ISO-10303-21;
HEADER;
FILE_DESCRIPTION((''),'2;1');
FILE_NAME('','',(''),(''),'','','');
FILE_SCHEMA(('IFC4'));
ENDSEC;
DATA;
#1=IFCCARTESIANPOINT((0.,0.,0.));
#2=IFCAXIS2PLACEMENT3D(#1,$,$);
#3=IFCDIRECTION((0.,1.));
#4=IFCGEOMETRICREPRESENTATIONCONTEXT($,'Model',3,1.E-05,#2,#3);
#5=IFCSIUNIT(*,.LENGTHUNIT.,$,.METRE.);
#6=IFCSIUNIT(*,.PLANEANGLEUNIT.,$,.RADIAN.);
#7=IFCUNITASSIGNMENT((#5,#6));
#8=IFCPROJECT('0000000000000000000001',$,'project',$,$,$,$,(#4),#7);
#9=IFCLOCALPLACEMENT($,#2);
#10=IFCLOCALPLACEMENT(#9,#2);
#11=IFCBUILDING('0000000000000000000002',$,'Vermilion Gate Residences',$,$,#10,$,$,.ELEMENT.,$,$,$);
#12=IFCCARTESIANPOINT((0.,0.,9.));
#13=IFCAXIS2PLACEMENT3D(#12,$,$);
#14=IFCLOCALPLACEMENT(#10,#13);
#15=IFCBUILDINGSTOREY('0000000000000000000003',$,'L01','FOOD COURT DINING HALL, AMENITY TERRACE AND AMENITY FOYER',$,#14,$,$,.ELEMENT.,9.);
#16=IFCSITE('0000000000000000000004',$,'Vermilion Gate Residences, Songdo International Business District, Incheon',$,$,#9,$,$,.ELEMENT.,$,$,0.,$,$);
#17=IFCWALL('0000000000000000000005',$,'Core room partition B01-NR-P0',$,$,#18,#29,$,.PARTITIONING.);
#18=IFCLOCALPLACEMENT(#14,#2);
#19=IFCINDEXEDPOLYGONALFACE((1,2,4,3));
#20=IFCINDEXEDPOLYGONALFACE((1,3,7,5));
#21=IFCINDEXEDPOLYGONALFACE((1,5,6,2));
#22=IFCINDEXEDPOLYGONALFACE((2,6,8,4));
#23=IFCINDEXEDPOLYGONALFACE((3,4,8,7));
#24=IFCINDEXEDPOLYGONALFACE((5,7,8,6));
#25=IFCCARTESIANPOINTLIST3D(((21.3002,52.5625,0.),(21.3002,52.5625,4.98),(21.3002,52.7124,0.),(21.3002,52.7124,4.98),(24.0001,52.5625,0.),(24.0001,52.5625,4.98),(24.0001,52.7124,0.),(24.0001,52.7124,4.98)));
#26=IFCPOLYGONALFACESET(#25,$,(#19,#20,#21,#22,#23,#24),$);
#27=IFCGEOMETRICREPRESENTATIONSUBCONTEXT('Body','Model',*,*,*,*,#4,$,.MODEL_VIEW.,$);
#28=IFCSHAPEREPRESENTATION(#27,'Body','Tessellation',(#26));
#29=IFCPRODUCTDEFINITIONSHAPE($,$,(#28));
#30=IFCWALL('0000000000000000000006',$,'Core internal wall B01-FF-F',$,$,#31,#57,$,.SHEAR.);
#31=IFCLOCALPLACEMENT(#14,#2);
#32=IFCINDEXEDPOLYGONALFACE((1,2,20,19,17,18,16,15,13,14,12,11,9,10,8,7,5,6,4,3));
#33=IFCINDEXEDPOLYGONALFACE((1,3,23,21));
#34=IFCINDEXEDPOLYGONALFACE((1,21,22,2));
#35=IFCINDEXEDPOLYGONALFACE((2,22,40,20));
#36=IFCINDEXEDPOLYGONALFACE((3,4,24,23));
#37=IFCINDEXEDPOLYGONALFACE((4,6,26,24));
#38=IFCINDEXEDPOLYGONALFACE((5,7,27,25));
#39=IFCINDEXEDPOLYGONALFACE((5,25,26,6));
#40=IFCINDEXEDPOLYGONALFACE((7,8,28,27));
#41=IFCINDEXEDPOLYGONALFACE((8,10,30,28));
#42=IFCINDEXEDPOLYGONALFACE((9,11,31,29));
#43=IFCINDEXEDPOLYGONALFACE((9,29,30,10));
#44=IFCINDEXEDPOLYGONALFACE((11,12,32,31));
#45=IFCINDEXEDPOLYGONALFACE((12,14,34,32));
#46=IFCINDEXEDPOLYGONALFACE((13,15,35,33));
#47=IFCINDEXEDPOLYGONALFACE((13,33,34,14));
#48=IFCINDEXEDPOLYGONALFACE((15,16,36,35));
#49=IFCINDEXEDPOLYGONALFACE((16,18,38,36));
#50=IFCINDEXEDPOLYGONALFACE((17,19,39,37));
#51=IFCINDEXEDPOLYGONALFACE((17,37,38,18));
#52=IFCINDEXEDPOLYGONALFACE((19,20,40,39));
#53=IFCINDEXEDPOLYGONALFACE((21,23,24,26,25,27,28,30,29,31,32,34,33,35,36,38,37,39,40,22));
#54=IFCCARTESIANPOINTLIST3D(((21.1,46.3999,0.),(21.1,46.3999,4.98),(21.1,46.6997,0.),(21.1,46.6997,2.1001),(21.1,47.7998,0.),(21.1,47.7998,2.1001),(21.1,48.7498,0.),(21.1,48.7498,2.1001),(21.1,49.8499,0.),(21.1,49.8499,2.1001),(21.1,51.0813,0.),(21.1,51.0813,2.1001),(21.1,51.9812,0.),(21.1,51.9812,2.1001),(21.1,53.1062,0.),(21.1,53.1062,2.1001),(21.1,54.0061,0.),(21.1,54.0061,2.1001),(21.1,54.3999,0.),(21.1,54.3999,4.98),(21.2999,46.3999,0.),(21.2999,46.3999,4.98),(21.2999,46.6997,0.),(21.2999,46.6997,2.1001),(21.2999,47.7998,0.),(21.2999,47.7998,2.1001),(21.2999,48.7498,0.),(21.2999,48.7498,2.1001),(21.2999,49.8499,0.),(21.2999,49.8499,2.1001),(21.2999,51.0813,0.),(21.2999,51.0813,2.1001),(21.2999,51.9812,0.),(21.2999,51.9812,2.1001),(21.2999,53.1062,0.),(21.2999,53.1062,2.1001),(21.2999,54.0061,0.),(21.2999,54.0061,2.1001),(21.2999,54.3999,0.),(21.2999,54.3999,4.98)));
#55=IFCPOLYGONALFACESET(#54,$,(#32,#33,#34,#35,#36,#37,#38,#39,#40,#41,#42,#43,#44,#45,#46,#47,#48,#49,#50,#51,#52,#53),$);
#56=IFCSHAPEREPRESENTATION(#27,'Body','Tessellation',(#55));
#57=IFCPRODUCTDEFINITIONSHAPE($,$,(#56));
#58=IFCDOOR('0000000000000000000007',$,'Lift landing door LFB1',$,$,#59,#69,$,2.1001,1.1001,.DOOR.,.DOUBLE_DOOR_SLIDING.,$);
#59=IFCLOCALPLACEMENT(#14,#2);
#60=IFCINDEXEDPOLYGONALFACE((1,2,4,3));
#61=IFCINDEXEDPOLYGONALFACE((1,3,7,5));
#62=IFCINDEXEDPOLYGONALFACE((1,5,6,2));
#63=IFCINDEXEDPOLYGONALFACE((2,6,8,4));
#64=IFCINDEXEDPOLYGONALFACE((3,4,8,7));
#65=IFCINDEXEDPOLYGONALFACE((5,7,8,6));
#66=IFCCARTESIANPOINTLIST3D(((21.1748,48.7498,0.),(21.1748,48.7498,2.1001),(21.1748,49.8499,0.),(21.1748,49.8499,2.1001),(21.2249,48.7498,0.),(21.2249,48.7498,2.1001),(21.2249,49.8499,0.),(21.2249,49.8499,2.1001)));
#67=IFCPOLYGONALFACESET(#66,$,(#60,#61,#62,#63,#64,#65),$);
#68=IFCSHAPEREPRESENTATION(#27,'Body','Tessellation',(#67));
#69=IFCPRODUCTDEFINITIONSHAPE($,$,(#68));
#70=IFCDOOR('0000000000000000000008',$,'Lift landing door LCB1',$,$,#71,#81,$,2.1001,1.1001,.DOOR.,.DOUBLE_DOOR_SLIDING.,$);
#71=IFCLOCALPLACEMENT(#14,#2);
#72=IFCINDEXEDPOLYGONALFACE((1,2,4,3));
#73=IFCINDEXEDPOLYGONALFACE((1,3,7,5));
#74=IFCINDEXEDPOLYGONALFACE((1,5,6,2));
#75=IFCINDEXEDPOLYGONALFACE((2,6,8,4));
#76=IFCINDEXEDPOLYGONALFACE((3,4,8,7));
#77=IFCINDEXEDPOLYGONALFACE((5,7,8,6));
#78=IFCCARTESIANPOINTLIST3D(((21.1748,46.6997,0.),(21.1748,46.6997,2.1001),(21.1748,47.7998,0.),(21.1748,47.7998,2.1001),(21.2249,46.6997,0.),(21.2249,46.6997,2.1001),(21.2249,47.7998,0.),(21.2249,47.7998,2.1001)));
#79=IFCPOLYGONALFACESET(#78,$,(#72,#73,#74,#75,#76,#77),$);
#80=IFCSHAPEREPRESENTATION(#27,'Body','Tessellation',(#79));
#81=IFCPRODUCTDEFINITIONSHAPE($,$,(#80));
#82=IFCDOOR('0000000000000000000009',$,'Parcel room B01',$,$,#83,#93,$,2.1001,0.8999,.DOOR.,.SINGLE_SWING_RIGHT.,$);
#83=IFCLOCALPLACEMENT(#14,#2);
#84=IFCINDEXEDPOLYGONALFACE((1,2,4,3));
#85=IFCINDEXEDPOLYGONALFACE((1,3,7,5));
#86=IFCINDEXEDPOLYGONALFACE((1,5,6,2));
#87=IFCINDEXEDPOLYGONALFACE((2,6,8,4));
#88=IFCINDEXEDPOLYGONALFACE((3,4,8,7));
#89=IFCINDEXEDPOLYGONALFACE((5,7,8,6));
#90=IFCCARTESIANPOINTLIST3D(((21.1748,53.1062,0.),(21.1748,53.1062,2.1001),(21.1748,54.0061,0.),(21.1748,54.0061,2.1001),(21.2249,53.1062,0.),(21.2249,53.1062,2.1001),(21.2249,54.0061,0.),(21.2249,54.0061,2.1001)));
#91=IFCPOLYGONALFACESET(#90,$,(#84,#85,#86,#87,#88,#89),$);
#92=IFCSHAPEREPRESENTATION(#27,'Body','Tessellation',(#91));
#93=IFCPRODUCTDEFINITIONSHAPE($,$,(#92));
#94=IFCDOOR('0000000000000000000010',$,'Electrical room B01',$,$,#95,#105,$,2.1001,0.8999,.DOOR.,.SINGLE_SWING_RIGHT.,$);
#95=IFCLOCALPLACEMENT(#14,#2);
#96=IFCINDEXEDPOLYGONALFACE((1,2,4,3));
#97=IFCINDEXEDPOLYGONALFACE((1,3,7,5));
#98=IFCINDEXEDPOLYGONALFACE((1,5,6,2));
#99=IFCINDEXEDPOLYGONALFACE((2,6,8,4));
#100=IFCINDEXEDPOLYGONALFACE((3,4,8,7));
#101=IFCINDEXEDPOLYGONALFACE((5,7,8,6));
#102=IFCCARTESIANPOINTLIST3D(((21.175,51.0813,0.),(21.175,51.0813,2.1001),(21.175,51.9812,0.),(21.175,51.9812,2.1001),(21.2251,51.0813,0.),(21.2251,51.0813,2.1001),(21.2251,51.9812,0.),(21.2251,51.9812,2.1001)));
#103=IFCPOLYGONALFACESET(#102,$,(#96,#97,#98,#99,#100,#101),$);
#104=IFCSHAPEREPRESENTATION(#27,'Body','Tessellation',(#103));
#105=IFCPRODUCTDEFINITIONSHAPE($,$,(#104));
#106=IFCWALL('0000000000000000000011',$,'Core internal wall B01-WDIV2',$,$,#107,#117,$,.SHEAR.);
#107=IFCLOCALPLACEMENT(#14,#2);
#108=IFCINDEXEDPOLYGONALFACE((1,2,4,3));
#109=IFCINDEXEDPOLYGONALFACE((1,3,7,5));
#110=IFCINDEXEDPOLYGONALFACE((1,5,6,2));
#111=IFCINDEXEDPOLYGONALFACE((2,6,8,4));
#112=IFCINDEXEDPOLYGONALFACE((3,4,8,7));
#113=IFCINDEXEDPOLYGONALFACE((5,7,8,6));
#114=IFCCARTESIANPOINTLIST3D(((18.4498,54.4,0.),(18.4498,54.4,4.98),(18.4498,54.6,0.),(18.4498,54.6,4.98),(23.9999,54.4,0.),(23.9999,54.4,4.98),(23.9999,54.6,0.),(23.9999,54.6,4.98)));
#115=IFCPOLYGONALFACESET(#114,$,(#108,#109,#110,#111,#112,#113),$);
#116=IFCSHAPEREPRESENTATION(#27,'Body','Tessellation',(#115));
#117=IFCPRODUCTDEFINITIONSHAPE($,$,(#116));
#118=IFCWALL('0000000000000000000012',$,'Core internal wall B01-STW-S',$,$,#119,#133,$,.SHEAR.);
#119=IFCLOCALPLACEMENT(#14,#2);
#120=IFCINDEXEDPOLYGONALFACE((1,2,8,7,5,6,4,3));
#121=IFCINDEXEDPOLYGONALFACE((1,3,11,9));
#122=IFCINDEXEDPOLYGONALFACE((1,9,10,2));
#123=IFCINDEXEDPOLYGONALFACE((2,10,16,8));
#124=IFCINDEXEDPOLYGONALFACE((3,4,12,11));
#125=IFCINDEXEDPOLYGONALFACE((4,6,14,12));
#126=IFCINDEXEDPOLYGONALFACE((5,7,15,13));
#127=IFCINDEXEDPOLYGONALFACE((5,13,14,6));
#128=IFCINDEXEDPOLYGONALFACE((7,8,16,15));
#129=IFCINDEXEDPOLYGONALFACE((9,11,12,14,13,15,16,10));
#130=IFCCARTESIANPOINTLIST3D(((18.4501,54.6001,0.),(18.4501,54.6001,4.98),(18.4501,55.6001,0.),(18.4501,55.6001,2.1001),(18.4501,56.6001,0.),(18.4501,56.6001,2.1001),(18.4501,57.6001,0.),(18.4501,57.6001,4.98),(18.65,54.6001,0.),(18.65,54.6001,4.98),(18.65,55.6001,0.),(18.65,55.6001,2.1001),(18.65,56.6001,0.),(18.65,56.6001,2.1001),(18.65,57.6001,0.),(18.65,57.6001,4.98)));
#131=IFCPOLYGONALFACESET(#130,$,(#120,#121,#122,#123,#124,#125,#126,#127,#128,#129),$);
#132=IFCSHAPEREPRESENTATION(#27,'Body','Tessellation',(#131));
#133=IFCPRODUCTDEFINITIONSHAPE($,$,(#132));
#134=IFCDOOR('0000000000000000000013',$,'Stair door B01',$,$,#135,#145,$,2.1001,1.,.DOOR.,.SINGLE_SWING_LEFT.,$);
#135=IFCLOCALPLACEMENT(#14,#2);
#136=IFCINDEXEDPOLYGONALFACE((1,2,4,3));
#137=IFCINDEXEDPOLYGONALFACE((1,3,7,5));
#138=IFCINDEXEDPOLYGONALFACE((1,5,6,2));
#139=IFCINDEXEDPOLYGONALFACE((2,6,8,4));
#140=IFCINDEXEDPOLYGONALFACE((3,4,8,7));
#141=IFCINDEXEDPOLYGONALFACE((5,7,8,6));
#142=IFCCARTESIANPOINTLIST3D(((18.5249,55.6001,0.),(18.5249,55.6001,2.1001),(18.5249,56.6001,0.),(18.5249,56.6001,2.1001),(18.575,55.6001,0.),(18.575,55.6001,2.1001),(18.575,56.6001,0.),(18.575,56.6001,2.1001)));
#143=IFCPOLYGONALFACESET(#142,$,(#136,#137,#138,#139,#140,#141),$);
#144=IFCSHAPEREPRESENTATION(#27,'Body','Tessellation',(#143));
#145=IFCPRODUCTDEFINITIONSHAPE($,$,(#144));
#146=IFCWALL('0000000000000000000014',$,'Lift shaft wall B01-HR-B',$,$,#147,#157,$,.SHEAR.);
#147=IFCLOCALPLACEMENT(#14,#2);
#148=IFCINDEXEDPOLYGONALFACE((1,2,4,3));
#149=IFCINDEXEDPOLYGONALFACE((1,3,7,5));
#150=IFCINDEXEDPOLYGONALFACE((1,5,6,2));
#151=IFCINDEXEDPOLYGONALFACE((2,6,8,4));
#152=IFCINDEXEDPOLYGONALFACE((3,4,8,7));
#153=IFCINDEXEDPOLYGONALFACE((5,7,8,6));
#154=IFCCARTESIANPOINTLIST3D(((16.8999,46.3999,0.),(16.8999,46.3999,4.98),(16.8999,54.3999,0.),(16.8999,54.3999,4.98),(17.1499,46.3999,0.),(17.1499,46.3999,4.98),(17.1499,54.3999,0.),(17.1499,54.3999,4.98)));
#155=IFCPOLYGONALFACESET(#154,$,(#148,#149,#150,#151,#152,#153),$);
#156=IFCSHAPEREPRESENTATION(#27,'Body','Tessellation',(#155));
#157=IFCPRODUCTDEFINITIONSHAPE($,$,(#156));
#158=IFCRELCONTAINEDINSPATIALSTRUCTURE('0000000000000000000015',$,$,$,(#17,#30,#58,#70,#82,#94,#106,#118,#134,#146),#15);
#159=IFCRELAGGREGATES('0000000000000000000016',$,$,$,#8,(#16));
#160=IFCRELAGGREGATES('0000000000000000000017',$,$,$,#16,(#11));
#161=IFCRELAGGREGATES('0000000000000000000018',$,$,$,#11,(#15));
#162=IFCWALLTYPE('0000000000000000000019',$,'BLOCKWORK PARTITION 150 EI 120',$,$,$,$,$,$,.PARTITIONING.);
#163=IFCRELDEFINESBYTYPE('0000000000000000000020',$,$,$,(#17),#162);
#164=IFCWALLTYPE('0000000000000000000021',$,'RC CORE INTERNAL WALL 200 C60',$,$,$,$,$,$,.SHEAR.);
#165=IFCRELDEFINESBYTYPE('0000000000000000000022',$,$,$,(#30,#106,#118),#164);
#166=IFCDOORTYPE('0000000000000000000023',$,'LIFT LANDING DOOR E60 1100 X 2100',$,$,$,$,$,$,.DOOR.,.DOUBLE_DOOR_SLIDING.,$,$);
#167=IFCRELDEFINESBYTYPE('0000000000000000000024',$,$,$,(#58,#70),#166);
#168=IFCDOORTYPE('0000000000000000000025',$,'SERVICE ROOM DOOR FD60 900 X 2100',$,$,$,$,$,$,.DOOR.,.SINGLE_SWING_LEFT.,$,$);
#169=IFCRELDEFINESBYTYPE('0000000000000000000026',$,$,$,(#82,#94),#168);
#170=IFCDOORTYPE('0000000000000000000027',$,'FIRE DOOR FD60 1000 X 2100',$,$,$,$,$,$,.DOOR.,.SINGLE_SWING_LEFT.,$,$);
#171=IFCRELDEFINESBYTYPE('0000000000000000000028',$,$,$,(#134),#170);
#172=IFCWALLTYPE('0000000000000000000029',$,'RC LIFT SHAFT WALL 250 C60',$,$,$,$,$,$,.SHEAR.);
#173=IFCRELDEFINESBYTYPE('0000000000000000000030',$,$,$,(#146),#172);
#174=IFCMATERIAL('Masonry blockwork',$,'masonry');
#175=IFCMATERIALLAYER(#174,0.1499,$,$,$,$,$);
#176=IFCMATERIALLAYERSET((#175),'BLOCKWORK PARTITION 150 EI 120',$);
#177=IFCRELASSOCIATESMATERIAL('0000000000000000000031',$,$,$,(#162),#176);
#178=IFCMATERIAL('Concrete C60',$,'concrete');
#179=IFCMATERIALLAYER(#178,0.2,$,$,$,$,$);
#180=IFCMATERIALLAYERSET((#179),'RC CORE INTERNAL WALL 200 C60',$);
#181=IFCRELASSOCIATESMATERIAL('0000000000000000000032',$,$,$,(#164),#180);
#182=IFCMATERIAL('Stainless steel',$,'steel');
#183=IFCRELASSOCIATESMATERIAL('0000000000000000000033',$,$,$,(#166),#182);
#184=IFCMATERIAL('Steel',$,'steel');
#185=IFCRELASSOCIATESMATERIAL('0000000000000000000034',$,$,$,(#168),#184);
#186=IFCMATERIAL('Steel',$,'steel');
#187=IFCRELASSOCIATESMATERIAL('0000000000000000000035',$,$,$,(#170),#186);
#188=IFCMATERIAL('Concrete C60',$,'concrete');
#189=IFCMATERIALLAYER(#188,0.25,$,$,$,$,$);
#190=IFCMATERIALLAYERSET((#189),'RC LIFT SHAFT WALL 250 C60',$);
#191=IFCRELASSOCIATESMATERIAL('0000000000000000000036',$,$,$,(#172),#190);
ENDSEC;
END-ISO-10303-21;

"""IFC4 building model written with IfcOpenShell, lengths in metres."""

from ifc_helpers import new_model, si_unit, direction, frame, frame_2d, origin, place, context, subcontext, project, spatial, rectangle, extrude, material, layer, layer_set, type_object, element, fill, save


model = new_model("IFC4")

# Units and contexts
model_context = context("Model", 3, precision=1e-05, world=origin(), true_north=direction((0.0, 1.0)))
body_context = subcontext(model_context, "Body", "Model", "MODEL_VIEW")
ifc_project = project(units=[si_unit("LENGTHUNIT", "METRE"), si_unit("PLANEANGLEUNIT", "RADIAN")], contexts=[model_context])

# Site, building, storey
site_placement = place(None, origin())
site = spatial("IfcSite", under=ifc_project, at=site_placement, Name="Vermilion Gate Residences, Songdo International Business District, Incheon", CompositionType="ELEMENT", RefElevation=0.0)
building_placement = place(site_placement, origin())
building = spatial("IfcBuilding", under=site, at=building_placement, Name="Vermilion Gate Residences", CompositionType="ELEMENT")
storey_placement = place(building_placement, frame((0.0, 0.0, 9.0)))
storey = spatial("IfcBuildingStorey", under=building, at=storey_placement, Name="L01", Description="FOOD COURT DINING HALL, AMENITY TERRACE AND AMENITY FOYER", CompositionType="ELEMENT", Elevation=9.0)

# Wall
ifc_material_1 = material(Name="Masonry blockwork", Category="masonry")
ifc_layer_1 = layer(ifc_material_1, 0.1499)
ifc_layer_set_1 = layer_set([ifc_layer_1], Name="BLOCKWORK PARTITION 150 EI 120")
wall_type_1 = type_object("IfcWallType", Name="BLOCKWORK PARTITION 150 EI 120", PredefinedType="PARTITIONING", material=ifc_layer_set_1)
wall_1_placement = place(storey_placement, frame((21.3, 52.6375, 0.0), z_axis=(0.0, 0.0, 1.0), x_axis=(1.0, 0.0, 0.0)))
element("IfcWall", 1, at=wall_1_placement, inside=storey, type_object=wall_type_1, Name="Core room partition B01-NR-P0", PredefinedType="PARTITIONING", context=body_context, shape_type="SweptSolid", body=[
    extrude(rectangle(XDim=2.7, YDim=0.1499, at=frame_2d((1.3501, 0.0))), origin(), (0.0, 0.0, 1.0), 4.98),
])

# Wall, openings, doors
ifc_material_2 = material(Name="Concrete C60", Category="concrete")
ifc_layer_2 = layer(ifc_material_2, 0.2)
ifc_layer_set_2 = layer_set([ifc_layer_2], Name="RC CORE INTERNAL WALL 200 C60")
wall_type_2 = type_object("IfcWallType", Name="RC CORE INTERNAL WALL 200 C60", PredefinedType="SHEAR", material=ifc_layer_set_2)
wall_2_placement = place(storey_placement, frame((21.2, 54.3999, 0.0), z_axis=(0.0, 0.0, 1.0), x_axis=(0.0, -1.0, 0.0)))
wall_2 = element("IfcWall", 2, at=wall_2_placement, inside=storey, type_object=wall_type_2, Name="Core internal wall B01-FF-F", PredefinedType="SHEAR", context=body_context, shape_type="SweptSolid", body=[
    extrude(rectangle(XDim=8.0, YDim=0.2, at=frame_2d((4.0, 0.0))), origin(), (0.0, 0.0, 1.0), 4.98),
])
opening_1_placement = place(wall_2_placement, frame((0.3938, 0.0, 0.0)))
opening_1 = element("IfcOpeningElement", 3, at=opening_1_placement, cuts=wall_2, PredefinedType="OPENING", context=body_context, shape_type="SweptSolid", body=[
    extrude(rectangle(XDim=0.8999, YDim=2.1001, at=frame_2d((0.45, 1.05))), frame((0.0, 0.1099, 0.0), z_axis=(0.0, -1.0, 0.0), x_axis=(1.0, 0.0, 0.0)), (0.0, 0.0, 1.0), 0.22),
])
opening_2_placement = place(wall_2_placement, frame((2.4187, 0.0, 0.0)))
opening_2 = element("IfcOpeningElement", 4, at=opening_2_placement, cuts=wall_2, PredefinedType="OPENING", context=body_context, shape_type="SweptSolid", body=[
    extrude(rectangle(XDim=0.8999, YDim=2.1001, at=frame_2d((0.45, 1.05))), frame((0.0, 0.1099, 0.0), z_axis=(0.0, -1.0, 0.0), x_axis=(1.0, 0.0, 0.0)), (0.0, 0.0, 1.0), 0.22),
])
opening_3_placement = place(wall_2_placement, frame((4.55, 0.0, 0.0)))
opening_3 = element("IfcOpeningElement", 5, at=opening_3_placement, cuts=wall_2, PredefinedType="OPENING", context=body_context, shape_type="SweptSolid", body=[
    extrude(rectangle(XDim=1.1001, YDim=2.1001, at=frame_2d((0.55, 1.05))), frame((0.0, 0.1099, 0.0), z_axis=(0.0, -1.0, 0.0), x_axis=(1.0, 0.0, 0.0)), (0.0, 0.0, 1.0), 0.22),
])
opening_4_placement = place(wall_2_placement, frame((6.6001, 0.0, 0.0)))
opening_4 = element("IfcOpeningElement", 6, at=opening_4_placement, cuts=wall_2, PredefinedType="OPENING", context=body_context, shape_type="SweptSolid", body=[
    extrude(rectangle(XDim=1.1001, YDim=2.1001, at=frame_2d((0.55, 1.05))), frame((0.0, 0.1099, 0.0), z_axis=(0.0, -1.0, 0.0), x_axis=(1.0, 0.0, 0.0)), (0.0, 0.0, 1.0), 0.22),
])
ifc_material_3 = material(Name="Stainless steel", Category="steel")
door_type_1 = type_object("IfcDoorType", Name="LIFT LANDING DOOR E60 1100 X 2100", OperationType="DOUBLE_DOOR_SLIDING", PredefinedType="DOOR", material=ifc_material_3)
door_1_placement = place(opening_3_placement, origin())
door_1 = element("IfcDoor", 7, at=door_1_placement, inside=storey, type_object=door_type_1, Name="Lift landing door LFB1", OperationType="DOUBLE_DOOR_SLIDING", OverallHeight=2.1001, OverallWidth=1.1001, PredefinedType="DOOR", context=body_context, shape_type="SweptSolid", body=[
    extrude(rectangle(XDim=1.1001, YDim=2.1001, at=frame_2d((0.55, 1.05))), frame((0.0, 0.0249, 0.0), z_axis=(0.0, -1.0, 0.0), x_axis=(1.0, 0.0, 0.0)), (0.0, 0.0, 1.0), 0.05),
])
fill(opening_3, door_1)
door_2_placement = place(opening_4_placement, origin())
door_2 = element("IfcDoor", 8, at=door_2_placement, inside=storey, type_object=door_type_1, Name="Lift landing door LCB1", OperationType="DOUBLE_DOOR_SLIDING", OverallHeight=2.1001, OverallWidth=1.1001, PredefinedType="DOOR", context=body_context, shape_type="SweptSolid", body=[
    extrude(rectangle(XDim=1.1001, YDim=2.1001, at=frame_2d((0.55, 1.05))), frame((0.0, 0.0249, 0.0), z_axis=(0.0, -1.0, 0.0), x_axis=(1.0, 0.0, 0.0)), (0.0, 0.0, 1.0), 0.05),
])
fill(opening_4, door_2)
ifc_material_4 = material(Name="Steel", Category="steel")
door_type_2 = type_object("IfcDoorType", Name="SERVICE ROOM DOOR FD60 900 X 2100", OperationType="SINGLE_SWING_LEFT", PredefinedType="DOOR", material=ifc_material_4)
door_3_placement = place(opening_1_placement, origin())
door_3 = element("IfcDoor", 9, at=door_3_placement, inside=storey, type_object=door_type_2, Name="Parcel room B01", OperationType="SINGLE_SWING_RIGHT", OverallHeight=2.1001, OverallWidth=0.8999, PredefinedType="DOOR", context=body_context, shape_type="SweptSolid", body=[
    extrude(rectangle(XDim=0.8999, YDim=2.1001, at=frame_2d((0.45, 1.05))), frame((0.0, 0.0249, 0.0), z_axis=(0.0, -1.0, 0.0), x_axis=(1.0, 0.0, 0.0)), (0.0, 0.0, 1.0), 0.05),
])
fill(opening_1, door_3)
door_4_placement = place(opening_2_placement, frame((0.8999, 0.0, 0.0), z_axis=(0.0, 0.0, 1.0), x_axis=(-1.0, 0.0, 0.0)))
door_4 = element("IfcDoor", 10, at=door_4_placement, inside=storey, type_object=door_type_2, Name="Electrical room B01", OperationType="SINGLE_SWING_RIGHT", OverallHeight=2.1001, OverallWidth=0.8999, PredefinedType="DOOR", context=body_context, shape_type="SweptSolid", body=[
    extrude(rectangle(XDim=0.8999, YDim=2.1001, at=frame_2d((0.45, 1.05))), frame((0.0, 0.0249, 0.0), z_axis=(0.0, -1.0, 0.0), x_axis=(1.0, 0.0, 0.0)), (0.0, 0.0, 1.0), 0.05),
])
fill(opening_2, door_4)

# Wall
wall_3_placement = place(storey_placement, frame((18.45, 54.5, 0.0), z_axis=(0.0, 0.0, 1.0), x_axis=(1.0, 0.0, 0.0)))
element("IfcWall", 11, at=wall_3_placement, inside=storey, type_object=wall_type_2, Name="Core internal wall B01-WDIV2", PredefinedType="SHEAR", context=body_context, shape_type="SweptSolid", body=[
    extrude(rectangle(XDim=5.55, YDim=0.2, at=frame_2d((2.7749, 0.0))), origin(), (0.0, 0.0, 1.0), 4.98),
])

# Wall, opening, door
wall_4_placement = place(storey_placement, frame((18.55, 57.6001, 0.0), z_axis=(0.0, 0.0, 1.0), x_axis=(0.0, -1.0, 0.0)))
wall_4 = element("IfcWall", 12, at=wall_4_placement, inside=storey, type_object=wall_type_2, Name="Core internal wall B01-STW-S", PredefinedType="SHEAR", context=body_context, shape_type="SweptSolid", body=[
    extrude(rectangle(XDim=3.0, YDim=0.2, at=frame_2d((1.5, 0.0))), origin(), (0.0, 0.0, 1.0), 4.98),
])
opening_5_placement = place(wall_4_placement, frame((1.0, 0.0, 0.0)))
opening_5 = element("IfcOpeningElement", 13, at=opening_5_placement, cuts=wall_4, PredefinedType="OPENING", context=body_context, shape_type="SweptSolid", body=[
    extrude(rectangle(XDim=1.0, YDim=2.1001, at=frame_2d((0.5, 1.05))), frame((0.0, 0.1099, 0.0), z_axis=(0.0, -1.0, 0.0), x_axis=(1.0, 0.0, 0.0)), (0.0, 0.0, 1.0), 0.22),
])
ifc_material_5 = material(Name="Steel", Category="steel")
door_type_3 = type_object("IfcDoorType", Name="FIRE DOOR FD60 1000 X 2100", OperationType="SINGLE_SWING_LEFT", PredefinedType="DOOR", material=ifc_material_5)
door_5_placement = place(opening_5_placement, origin())
door_5 = element("IfcDoor", 14, at=door_5_placement, inside=storey, type_object=door_type_3, Name="Stair door B01", OperationType="SINGLE_SWING_LEFT", OverallHeight=2.1001, OverallWidth=1.0, PredefinedType="DOOR", context=body_context, shape_type="SweptSolid", body=[
    extrude(rectangle(XDim=1.0, YDim=2.1001, at=frame_2d((0.5, 1.05))), frame((0.0, 0.0249, 0.0), z_axis=(0.0, -1.0, 0.0), x_axis=(1.0, 0.0, 0.0)), (0.0, 0.0, 1.0), 0.05),
])
fill(opening_5, door_5)

# Wall
ifc_material_6 = material(Name="Concrete C60", Category="concrete")
ifc_layer_3 = layer(ifc_material_6, 0.25)
ifc_layer_set_3 = layer_set([ifc_layer_3], Name="RC LIFT SHAFT WALL 250 C60")
wall_type_3 = type_object("IfcWallType", Name="RC LIFT SHAFT WALL 250 C60", PredefinedType="SHEAR", material=ifc_layer_set_3)
wall_5_placement = place(storey_placement, frame((17.0249, 54.3999, 0.0), z_axis=(0.0, 0.0, 1.0), x_axis=(0.0, -1.0, 0.0)))
element("IfcWall", 15, at=wall_5_placement, inside=storey, type_object=wall_type_3, Name="Lift shaft wall B01-HR-B", PredefinedType="SHEAR", context=body_context, shape_type="SweptSolid", body=[
    extrude(rectangle(XDim=8.0, YDim=0.25, at=frame_2d((4.0, 0.0))), origin(), (0.0, 0.0, 1.0), 4.98),
])

save(model, "model.ifc")
